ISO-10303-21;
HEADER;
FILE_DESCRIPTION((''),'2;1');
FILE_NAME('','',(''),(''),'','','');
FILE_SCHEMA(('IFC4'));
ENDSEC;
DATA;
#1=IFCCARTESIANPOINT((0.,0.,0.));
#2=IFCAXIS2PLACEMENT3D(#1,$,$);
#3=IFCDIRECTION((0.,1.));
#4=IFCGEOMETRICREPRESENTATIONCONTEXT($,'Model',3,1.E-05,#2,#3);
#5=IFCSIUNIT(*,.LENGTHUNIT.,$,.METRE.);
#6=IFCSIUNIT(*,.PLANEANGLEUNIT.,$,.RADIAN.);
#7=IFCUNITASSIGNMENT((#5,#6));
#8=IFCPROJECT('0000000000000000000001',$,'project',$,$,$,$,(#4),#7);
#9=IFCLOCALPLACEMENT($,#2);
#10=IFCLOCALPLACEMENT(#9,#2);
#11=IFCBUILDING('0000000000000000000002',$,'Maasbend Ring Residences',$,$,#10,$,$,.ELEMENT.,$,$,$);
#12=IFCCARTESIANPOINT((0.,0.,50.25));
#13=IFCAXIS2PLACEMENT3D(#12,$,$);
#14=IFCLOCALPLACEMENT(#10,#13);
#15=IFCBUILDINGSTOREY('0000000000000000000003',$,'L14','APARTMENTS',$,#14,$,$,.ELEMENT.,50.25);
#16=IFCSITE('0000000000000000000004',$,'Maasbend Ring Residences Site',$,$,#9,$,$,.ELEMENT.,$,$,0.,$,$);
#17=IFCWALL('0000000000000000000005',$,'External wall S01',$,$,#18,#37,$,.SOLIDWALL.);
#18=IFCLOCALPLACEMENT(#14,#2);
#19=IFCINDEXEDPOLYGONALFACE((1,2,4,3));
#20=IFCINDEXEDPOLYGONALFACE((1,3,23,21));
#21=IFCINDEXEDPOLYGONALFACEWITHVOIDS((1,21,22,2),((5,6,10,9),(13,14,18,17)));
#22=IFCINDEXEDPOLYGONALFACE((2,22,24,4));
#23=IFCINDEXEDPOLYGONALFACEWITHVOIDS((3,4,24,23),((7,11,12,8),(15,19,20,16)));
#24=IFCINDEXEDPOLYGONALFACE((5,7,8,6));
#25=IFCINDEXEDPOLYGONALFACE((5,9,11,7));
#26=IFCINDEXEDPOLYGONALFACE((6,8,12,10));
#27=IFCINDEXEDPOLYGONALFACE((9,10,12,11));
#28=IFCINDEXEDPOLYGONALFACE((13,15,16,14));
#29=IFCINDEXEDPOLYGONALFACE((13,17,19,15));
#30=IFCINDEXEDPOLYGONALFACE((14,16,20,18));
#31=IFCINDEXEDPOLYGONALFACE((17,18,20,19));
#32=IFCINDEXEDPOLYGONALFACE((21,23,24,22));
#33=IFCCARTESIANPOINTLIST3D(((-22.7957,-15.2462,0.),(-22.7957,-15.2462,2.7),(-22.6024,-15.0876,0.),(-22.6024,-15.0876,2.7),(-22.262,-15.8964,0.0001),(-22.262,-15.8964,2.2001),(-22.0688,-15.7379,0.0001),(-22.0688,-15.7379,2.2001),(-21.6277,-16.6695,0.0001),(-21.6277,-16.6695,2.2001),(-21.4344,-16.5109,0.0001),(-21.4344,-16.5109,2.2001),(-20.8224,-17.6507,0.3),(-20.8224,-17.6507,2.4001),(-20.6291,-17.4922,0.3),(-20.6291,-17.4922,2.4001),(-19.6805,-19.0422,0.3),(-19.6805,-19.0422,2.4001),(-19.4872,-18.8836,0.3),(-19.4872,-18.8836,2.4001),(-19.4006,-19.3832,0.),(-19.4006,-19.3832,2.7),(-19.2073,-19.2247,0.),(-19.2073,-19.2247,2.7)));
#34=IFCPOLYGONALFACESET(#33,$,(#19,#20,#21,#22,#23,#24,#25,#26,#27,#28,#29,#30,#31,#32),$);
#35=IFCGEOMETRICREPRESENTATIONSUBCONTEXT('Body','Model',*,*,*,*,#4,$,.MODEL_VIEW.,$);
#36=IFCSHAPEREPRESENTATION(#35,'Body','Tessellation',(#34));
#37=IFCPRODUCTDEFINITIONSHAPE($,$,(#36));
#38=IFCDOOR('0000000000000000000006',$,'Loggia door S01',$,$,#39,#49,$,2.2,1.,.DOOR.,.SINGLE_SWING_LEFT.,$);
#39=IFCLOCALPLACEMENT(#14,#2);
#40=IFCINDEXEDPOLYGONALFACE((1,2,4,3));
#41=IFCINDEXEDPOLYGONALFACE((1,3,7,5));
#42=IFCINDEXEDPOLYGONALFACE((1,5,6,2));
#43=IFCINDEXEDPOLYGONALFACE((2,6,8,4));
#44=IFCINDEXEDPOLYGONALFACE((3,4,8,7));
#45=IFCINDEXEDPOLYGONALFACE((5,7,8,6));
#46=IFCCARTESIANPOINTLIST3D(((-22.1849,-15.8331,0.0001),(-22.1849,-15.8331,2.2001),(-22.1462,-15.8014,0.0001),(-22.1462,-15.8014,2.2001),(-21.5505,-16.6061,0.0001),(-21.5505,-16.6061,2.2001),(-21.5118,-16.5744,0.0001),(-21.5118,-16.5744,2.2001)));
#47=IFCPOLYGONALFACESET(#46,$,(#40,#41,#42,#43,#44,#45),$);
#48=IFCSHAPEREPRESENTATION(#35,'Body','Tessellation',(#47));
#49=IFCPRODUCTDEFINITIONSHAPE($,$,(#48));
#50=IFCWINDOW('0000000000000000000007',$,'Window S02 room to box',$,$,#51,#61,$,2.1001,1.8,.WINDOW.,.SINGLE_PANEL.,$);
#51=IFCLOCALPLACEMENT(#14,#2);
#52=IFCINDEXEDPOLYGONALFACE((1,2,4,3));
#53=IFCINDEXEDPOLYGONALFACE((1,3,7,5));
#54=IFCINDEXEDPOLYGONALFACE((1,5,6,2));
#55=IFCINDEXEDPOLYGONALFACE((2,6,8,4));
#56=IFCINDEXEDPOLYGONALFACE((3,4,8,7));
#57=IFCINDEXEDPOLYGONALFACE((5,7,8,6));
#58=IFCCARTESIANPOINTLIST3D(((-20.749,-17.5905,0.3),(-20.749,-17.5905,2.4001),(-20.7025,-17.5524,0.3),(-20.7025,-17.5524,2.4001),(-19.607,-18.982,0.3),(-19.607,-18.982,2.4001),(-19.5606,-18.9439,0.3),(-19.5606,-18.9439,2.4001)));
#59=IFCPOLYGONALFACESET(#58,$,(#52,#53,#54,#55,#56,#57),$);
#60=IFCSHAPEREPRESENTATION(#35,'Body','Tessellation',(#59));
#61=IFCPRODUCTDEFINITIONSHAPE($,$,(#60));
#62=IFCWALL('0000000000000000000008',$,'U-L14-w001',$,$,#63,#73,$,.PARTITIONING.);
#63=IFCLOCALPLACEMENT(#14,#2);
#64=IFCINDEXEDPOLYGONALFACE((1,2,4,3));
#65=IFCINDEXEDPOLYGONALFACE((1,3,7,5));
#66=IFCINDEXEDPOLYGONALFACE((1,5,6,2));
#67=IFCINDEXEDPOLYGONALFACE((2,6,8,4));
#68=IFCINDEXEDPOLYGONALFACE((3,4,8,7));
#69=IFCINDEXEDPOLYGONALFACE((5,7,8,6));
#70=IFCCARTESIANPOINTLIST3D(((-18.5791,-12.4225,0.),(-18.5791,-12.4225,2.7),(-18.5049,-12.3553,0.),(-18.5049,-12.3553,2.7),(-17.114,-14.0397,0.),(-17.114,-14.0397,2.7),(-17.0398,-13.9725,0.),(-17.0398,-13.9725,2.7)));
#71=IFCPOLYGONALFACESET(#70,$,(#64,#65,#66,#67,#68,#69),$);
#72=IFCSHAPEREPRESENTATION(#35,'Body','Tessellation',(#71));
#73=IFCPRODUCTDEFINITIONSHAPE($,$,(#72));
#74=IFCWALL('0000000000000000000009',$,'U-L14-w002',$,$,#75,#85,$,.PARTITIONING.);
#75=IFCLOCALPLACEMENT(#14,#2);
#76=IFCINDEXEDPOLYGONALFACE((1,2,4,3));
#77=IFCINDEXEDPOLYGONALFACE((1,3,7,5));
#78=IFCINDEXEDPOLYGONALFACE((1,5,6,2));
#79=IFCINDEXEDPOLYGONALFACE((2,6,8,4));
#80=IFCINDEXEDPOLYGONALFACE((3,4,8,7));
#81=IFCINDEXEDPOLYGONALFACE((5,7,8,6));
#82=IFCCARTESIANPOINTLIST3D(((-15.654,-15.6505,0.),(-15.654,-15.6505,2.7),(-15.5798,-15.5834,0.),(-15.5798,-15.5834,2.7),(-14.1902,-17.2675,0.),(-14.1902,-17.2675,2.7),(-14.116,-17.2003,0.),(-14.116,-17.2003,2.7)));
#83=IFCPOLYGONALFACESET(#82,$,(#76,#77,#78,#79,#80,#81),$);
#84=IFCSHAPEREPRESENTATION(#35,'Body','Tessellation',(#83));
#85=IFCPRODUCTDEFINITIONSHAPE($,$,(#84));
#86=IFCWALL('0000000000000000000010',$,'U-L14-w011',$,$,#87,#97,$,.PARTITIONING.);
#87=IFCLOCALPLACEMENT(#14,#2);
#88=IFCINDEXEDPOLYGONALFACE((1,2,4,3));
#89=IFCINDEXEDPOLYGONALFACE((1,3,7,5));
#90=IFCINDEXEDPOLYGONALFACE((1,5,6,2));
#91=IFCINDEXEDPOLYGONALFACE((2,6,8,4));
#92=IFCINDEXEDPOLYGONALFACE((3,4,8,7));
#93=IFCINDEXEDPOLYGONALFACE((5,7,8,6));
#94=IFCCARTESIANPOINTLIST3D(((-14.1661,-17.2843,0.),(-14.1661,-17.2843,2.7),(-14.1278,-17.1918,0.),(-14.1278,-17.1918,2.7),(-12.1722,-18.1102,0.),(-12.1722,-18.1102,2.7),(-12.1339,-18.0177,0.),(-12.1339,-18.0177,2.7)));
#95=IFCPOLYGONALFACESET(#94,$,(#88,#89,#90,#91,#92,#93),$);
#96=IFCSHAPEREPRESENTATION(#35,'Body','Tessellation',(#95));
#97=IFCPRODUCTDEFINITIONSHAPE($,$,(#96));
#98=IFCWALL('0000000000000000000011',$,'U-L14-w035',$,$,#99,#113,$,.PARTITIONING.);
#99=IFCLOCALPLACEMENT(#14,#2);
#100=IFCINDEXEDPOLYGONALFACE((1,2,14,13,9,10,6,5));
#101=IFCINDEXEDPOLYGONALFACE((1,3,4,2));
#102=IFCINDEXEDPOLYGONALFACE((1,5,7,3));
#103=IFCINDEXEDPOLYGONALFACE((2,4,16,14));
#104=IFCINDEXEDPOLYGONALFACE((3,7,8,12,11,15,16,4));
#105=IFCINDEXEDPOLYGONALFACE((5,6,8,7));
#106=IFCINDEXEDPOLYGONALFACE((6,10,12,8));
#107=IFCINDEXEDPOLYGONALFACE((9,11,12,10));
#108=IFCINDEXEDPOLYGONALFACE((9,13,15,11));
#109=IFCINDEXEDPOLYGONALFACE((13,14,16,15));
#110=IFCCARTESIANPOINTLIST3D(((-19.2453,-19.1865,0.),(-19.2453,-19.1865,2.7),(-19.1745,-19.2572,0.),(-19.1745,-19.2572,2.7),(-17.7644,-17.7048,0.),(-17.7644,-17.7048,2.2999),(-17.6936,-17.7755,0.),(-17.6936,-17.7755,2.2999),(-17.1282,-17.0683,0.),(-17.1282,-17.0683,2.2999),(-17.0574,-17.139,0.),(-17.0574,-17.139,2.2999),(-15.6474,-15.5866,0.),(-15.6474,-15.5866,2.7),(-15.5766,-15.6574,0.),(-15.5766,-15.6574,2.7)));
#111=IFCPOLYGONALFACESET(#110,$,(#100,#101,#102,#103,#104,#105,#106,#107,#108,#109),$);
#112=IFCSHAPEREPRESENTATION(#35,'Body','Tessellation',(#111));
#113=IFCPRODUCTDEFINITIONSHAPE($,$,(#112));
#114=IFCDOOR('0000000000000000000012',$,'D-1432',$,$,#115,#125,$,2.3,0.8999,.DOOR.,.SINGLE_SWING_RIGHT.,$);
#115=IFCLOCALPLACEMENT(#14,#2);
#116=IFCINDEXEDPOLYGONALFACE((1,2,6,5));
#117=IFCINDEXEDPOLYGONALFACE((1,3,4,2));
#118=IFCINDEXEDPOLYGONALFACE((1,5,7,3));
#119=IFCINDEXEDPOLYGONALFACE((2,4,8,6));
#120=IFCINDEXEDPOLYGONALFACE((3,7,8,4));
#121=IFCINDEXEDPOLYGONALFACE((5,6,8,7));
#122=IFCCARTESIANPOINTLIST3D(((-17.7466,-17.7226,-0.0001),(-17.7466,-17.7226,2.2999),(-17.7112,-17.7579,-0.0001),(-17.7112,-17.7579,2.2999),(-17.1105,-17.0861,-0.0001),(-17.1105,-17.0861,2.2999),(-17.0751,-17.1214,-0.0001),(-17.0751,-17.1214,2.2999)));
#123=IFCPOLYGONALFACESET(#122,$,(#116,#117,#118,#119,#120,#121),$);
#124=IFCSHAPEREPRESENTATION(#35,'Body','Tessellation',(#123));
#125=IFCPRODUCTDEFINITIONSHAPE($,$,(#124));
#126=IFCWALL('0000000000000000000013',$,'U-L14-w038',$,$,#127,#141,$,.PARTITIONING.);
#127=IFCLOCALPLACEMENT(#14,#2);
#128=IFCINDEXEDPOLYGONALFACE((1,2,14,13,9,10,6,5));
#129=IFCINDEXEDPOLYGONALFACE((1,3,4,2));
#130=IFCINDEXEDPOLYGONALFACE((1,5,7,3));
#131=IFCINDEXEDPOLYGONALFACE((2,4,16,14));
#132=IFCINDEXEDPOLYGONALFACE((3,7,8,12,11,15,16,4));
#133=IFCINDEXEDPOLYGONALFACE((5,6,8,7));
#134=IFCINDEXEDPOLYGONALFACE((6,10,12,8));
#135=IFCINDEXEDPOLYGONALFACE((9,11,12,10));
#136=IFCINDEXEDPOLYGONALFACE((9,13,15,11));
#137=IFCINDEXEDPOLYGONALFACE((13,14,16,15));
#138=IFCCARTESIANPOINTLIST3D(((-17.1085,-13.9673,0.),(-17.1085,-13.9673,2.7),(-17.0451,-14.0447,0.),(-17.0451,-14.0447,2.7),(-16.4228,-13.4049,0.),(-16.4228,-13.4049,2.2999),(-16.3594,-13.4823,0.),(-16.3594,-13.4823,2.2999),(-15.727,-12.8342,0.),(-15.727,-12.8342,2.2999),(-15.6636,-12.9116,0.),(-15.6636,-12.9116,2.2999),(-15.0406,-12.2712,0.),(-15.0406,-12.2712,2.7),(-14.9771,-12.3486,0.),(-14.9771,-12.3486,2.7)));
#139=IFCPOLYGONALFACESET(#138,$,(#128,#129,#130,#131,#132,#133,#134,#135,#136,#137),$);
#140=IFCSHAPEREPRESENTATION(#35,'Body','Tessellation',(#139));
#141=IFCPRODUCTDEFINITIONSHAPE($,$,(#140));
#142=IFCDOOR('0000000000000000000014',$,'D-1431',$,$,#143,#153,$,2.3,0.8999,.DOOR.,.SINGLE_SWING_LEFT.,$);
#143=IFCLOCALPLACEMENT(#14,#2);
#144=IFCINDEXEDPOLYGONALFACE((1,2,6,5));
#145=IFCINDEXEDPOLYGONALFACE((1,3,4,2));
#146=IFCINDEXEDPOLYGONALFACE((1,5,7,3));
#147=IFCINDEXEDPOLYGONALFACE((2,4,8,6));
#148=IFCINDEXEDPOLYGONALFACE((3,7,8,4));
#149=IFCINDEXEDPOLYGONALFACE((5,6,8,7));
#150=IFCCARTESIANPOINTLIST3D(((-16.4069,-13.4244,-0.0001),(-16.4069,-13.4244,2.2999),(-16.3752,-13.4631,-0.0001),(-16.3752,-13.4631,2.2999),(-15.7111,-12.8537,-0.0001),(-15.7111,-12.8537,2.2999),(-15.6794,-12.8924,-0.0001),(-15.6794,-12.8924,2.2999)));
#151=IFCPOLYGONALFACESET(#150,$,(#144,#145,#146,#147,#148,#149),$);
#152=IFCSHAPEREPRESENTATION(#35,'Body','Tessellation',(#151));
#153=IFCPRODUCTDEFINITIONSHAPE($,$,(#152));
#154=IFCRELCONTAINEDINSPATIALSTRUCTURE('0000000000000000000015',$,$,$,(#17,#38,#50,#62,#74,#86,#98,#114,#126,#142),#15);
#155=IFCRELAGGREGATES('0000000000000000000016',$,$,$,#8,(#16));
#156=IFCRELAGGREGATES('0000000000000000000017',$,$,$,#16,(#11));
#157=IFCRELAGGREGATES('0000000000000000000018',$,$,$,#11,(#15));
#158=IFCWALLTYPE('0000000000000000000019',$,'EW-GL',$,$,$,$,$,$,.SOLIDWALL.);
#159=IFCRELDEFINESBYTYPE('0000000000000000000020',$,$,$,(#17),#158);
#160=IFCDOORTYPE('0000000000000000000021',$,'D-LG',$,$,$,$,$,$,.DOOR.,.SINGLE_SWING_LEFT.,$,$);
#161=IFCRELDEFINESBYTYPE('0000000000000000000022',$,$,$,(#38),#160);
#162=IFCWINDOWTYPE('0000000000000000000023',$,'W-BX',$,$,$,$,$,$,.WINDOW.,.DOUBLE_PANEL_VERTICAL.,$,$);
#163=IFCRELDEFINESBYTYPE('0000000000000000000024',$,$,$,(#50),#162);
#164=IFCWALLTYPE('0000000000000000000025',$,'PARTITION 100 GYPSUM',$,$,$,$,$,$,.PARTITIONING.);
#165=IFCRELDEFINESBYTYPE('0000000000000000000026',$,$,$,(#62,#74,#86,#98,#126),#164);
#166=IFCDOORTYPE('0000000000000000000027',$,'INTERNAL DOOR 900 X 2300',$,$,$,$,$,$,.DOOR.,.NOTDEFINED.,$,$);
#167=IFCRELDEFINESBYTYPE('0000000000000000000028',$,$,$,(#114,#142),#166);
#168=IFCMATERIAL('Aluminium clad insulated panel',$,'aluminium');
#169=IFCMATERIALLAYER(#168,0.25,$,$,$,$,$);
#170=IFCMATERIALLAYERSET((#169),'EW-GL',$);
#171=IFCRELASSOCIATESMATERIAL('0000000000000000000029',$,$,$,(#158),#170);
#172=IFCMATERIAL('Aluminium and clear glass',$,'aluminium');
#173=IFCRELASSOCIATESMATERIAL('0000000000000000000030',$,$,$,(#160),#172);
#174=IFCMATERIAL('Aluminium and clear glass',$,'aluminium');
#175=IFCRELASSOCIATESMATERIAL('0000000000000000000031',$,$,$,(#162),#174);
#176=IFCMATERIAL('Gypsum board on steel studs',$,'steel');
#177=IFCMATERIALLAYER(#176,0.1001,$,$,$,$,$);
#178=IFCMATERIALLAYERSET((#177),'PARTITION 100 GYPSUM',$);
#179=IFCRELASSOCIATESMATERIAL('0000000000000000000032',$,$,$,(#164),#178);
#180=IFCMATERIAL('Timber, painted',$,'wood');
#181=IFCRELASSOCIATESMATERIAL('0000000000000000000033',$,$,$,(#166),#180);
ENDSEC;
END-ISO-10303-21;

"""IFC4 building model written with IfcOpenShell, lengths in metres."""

from ifc_helpers import new_model, si_unit, direction, frame, frame_2d, origin, place, context, subcontext, project, spatial, rectangle, extrude, material, layer, layer_set, type_object, element, fill, save


model = new_model("IFC4")

# Units and contexts
model_context = context("Model", 3, precision=1e-05, world=origin(), true_north=direction((0.0, 1.0)))
body_context = subcontext(model_context, "Body", "Model", "MODEL_VIEW")
ifc_project = project(units=[si_unit("LENGTHUNIT", "METRE"), si_unit("PLANEANGLEUNIT", "RADIAN")], contexts=[model_context])

# Site, building, storey
site_placement = place(None, origin())
site = spatial("IfcSite", under=ifc_project, at=site_placement, Name="Maasbend Ring Residences Site", CompositionType="ELEMENT", RefElevation=0.0)
building_placement = place(site_placement, origin())
building = spatial("IfcBuilding", under=site, at=building_placement, Name="Maasbend Ring Residences", CompositionType="ELEMENT")
storey_placement = place(building_placement, frame((0.0, 0.0, 50.25)))
storey = spatial("IfcBuildingStorey", under=building, at=storey_placement, Name="L14", Description="APARTMENTS", CompositionType="ELEMENT", Elevation=50.25)

# Wall, openings, door, window
ifc_material_1 = material(Name="Aluminium clad insulated panel", Category="aluminium")
ifc_layer_1 = layer(ifc_material_1, 0.25)
ifc_layer_set_1 = layer_set([ifc_layer_1], Name="EW-GL")
wall_type_1 = type_object("IfcWallType", Name="EW-GL", PredefinedType="SOLIDWALL", material=ifc_layer_set_1)
wall_1_placement = place(storey_placement, frame((-22.699, -15.167, 0.0), z_axis=(0.0, 0.0, 1.0), x_axis=(0.634382, -0.773019, 0.0)))
wall_1 = element("IfcWall", 1, at=wall_1_placement, inside=storey, type_object=wall_type_1, Name="External wall S01", PredefinedType="SOLIDWALL", context=body_context, shape_type="SweptSolid", body=[
    extrude(rectangle(XDim=5.3518, YDim=0.25, at=frame_2d((2.6758, 0.0))), origin(), (0.0, 0.0, 1.0), 2.7),
])
opening_1_placement = place(wall_1_placement, frame((0.8411, 0.0, 0.0)))
opening_1 = element("IfcOpeningElement", 2, at=opening_1_placement, cuts=wall_1, PredefinedType="OPENING", context=body_context, shape_type="SweptSolid", body=[
    extrude(rectangle(XDim=1.0, YDim=2.2, at=frame_2d((0.5, 1.1001))), frame((0.0, 0.135, 0.0), z_axis=(0.0, -1.0, 0.0), x_axis=(1.0, 0.0, 0.0)), (0.0, 0.0, 1.0), 0.27),
])
opening_2_placement = place(wall_1_placement, frame((3.1106, 0.0, 0.3)))
opening_2 = element("IfcOpeningElement", 3, at=opening_2_placement, cuts=wall_1, PredefinedType="OPENING", context=body_context, shape_type="SweptSolid", body=[
    extrude(rectangle(XDim=1.8, YDim=2.1001, at=frame_2d((0.8999, 1.05))), frame((0.0, 0.135, 0.0), z_axis=(0.0, -1.0, 0.0), x_axis=(1.0, 0.0, 0.0)), (0.0, 0.0, 1.0), 0.27),
])
ifc_material_2 = material(Name="Aluminium and clear glass", Category="aluminium")
door_type_1 = type_object("IfcDoorType", Name="D-LG", OperationType="SINGLE_SWING_LEFT", PredefinedType="DOOR", material=ifc_material_2)
door_1_placement = place(opening_1_placement, origin())
door_1 = element("IfcDoor", 4, at=door_1_placement, inside=storey, type_object=door_type_1, Name="Loggia door S01", OperationType="SINGLE_SWING_LEFT", OverallHeight=2.2, OverallWidth=1.0, PredefinedType="DOOR", context=body_context, shape_type="SweptSolid", body=[
    extrude(rectangle(XDim=1.0, YDim=2.2, at=frame_2d((0.5, 1.1001))), frame((0.0, 0.0249, 0.0), z_axis=(0.0, -1.0, 0.0), x_axis=(1.0, 0.0, 0.0)), (0.0, 0.0, 1.0), 0.05),
])
fill(opening_1, door_1)
ifc_material_3 = material(Name="Aluminium and clear glass", Category="aluminium")
window_type = type_object("IfcWindowType", Name="W-BX", PartitioningType="DOUBLE_PANEL_VERTICAL", PredefinedType="WINDOW", material=ifc_material_3)
window_placement = place(opening_2_placement, origin())
window = element("IfcWindow", 5, at=window_placement, inside=storey, type_object=window_type, Name="Window S02 room to box", OverallHeight=2.1001, OverallWidth=1.8, PartitioningType="SINGLE_PANEL", PredefinedType="WINDOW", context=body_context, shape_type="SweptSolid", body=[
    extrude(rectangle(XDim=1.8, YDim=2.1001, at=frame_2d((0.8999, 1.05))), frame((0.0, 0.03, 0.0), z_axis=(0.0, -1.0, 0.0), x_axis=(1.0, 0.0, 0.0)), (0.0, 0.0, 1.0), 0.0601),
])
fill(opening_2, window)

# Walls
ifc_material_4 = material(Name="Gypsum board on steel studs", Category="steel")
ifc_layer_2 = layer(ifc_material_4, 0.1001)
ifc_layer_set_2 = layer_set([ifc_layer_2], Name="PARTITION 100 GYPSUM")
wall_type_2 = type_object("IfcWallType", Name="PARTITION 100 GYPSUM", PredefinedType="PARTITIONING", material=ifc_layer_set_2)
wall_2_placement = place(storey_placement, frame((-18.542, -12.3889, 0.0), z_axis=(0.0, 0.0, 1.0), x_axis=(0.671397, -0.741098, 0.0)))
element("IfcWall", 6, at=wall_2_placement, inside=storey, type_object=wall_type_2, Name="U-L14-w001", PredefinedType="PARTITIONING", context=body_context, shape_type="SweptSolid", body=[
    extrude(rectangle(XDim=2.1821, YDim=0.1001, at=frame_2d((1.0911, 0.0))), origin(), (0.0, 0.0, 1.0), 2.7),
])
wall_3_placement = place(storey_placement, frame((-15.6169, -15.6169, 0.0), z_axis=(0.0, 0.0, 1.0), x_axis=(0.671145, -0.741326, 0.0)))
element("IfcWall", 7, at=wall_3_placement, inside=storey, type_object=wall_type_2, Name="U-L14-w002", PredefinedType="PARTITIONING", context=body_context, shape_type="SweptSolid", body=[
    extrude(rectangle(XDim=2.1812, YDim=0.1001, at=frame_2d((1.0906, 0.0))), origin(), (0.0, 0.0, 1.0), 2.7),
])
wall_4_placement = place(storey_placement, frame((-14.147, -17.238, 0.0), z_axis=(0.0, 0.0, 1.0), x_axis=(0.923875, -0.382695, 0.0)))
element("IfcWall", 8, at=wall_4_placement, inside=storey, type_object=wall_type_2, Name="U-L14-w011", PredefinedType="PARTITIONING", context=body_context, shape_type="SweptSolid", body=[
    extrude(rectangle(XDim=2.1582, YDim=0.1001, at=frame_2d((1.0791, 0.0))), origin(), (0.0, 0.0, 1.0), 2.7),
])

# Walls, openings, doors
wall_5_placement = place(storey_placement, frame((-19.21, -19.2219, 0.0), z_axis=(0.0, 0.0, 1.0), x_axis=(0.706915, 0.707299, 0.0)))
wall_5 = element("IfcWall", 9, at=wall_5_placement, inside=storey, type_object=wall_type_2, Name="U-L14-w035", PredefinedType="PARTITIONING", context=body_context, shape_type="SweptSolid", body=[
    extrude(rectangle(XDim=5.0896, YDim=0.1001, at=frame_2d((2.5449, 0.0))), origin(), (0.0, 0.0, 1.0), 2.7),
])
opening_3_placement = place(wall_5_placement, frame((2.095, 0.0, 0.0)))
opening_3 = element("IfcOpeningElement", 10, at=opening_3_placement, cuts=wall_5, PredefinedType="OPENING", context=body_context, shape_type="SweptSolid", body=[
    extrude(rectangle(XDim=0.8999, YDim=2.3, at=frame_2d((0.45, 1.1499))), frame((0.0, 0.0601, 0.0), z_axis=(0.0, -1.0, 0.0), x_axis=(1.0, 0.0, 0.0)), (0.0, 0.0, 1.0), 0.1201),
])
ifc_material_5 = material(Name="Timber, painted", Category="wood")
door_type_2 = type_object("IfcDoorType", Name="INTERNAL DOOR 900 X 2300", OperationType="NOTDEFINED", PredefinedType="DOOR", material=ifc_material_5)
door_2_placement = place(opening_3_placement, origin())
door_2 = element("IfcDoor", 11, at=door_2_placement, inside=storey, type_object=door_type_2, Name="D-1432", OperationType="SINGLE_SWING_RIGHT", OverallHeight=2.3, OverallWidth=0.8999, PredefinedType="DOOR", context=body_context, shape_type="SweptSolid", body=[
    extrude(rectangle(XDim=0.8999, YDim=2.3, at=frame_2d((0.45, 1.1499))), frame((0.0, 0.0249, 0.0), z_axis=(0.0, -1.0, 0.0), x_axis=(1.0, 0.0, 0.0)), (0.0, 0.0, 1.0), 0.05),
])
fill(opening_3, door_2)
wall_6_placement = place(storey_placement, frame((-17.0769, -14.0061, 0.0), z_axis=(0.0, 0.0, 1.0), x_axis=(0.773196, 0.634167, 0.0)))
wall_6 = element("IfcWall", 12, at=wall_6_placement, inside=storey, type_object=wall_type_2, Name="U-L14-w038", PredefinedType="PARTITIONING", context=body_context, shape_type="SweptSolid", body=[
    extrude(rectangle(XDim=2.6746, YDim=0.1001, at=frame_2d((1.3374, 0.0))), origin(), (0.0, 0.0, 1.0), 2.7),
])
opening_4_placement = place(wall_6_placement, frame((0.887, 0.0, 0.0)))
opening_4 = element("IfcOpeningElement", 13, at=opening_4_placement, cuts=wall_6, PredefinedType="OPENING", context=body_context, shape_type="SweptSolid", body=[
    extrude(rectangle(XDim=0.8999, YDim=2.3, at=frame_2d((0.45, 1.1499))), frame((0.0, 0.0601, 0.0), z_axis=(0.0, -1.0, 0.0), x_axis=(1.0, 0.0, 0.0)), (0.0, 0.0, 1.0), 0.1201),
])
door_3_placement = place(opening_4_placement, origin())
door_3 = element("IfcDoor", 14, at=door_3_placement, inside=storey, type_object=door_type_2, Name="D-1431", OperationType="SINGLE_SWING_LEFT", OverallHeight=2.3, OverallWidth=0.8999, PredefinedType="DOOR", context=body_context, shape_type="SweptSolid", body=[
    extrude(rectangle(XDim=0.8999, YDim=2.3, at=frame_2d((0.45, 1.1499))), frame((0.0, 0.0249, 0.0), z_axis=(0.0, -1.0, 0.0), x_axis=(1.0, 0.0, 0.0)), (0.0, 0.0, 1.0), 0.05),
])
fill(opening_4, door_3)

save(model, "model.ifc")
